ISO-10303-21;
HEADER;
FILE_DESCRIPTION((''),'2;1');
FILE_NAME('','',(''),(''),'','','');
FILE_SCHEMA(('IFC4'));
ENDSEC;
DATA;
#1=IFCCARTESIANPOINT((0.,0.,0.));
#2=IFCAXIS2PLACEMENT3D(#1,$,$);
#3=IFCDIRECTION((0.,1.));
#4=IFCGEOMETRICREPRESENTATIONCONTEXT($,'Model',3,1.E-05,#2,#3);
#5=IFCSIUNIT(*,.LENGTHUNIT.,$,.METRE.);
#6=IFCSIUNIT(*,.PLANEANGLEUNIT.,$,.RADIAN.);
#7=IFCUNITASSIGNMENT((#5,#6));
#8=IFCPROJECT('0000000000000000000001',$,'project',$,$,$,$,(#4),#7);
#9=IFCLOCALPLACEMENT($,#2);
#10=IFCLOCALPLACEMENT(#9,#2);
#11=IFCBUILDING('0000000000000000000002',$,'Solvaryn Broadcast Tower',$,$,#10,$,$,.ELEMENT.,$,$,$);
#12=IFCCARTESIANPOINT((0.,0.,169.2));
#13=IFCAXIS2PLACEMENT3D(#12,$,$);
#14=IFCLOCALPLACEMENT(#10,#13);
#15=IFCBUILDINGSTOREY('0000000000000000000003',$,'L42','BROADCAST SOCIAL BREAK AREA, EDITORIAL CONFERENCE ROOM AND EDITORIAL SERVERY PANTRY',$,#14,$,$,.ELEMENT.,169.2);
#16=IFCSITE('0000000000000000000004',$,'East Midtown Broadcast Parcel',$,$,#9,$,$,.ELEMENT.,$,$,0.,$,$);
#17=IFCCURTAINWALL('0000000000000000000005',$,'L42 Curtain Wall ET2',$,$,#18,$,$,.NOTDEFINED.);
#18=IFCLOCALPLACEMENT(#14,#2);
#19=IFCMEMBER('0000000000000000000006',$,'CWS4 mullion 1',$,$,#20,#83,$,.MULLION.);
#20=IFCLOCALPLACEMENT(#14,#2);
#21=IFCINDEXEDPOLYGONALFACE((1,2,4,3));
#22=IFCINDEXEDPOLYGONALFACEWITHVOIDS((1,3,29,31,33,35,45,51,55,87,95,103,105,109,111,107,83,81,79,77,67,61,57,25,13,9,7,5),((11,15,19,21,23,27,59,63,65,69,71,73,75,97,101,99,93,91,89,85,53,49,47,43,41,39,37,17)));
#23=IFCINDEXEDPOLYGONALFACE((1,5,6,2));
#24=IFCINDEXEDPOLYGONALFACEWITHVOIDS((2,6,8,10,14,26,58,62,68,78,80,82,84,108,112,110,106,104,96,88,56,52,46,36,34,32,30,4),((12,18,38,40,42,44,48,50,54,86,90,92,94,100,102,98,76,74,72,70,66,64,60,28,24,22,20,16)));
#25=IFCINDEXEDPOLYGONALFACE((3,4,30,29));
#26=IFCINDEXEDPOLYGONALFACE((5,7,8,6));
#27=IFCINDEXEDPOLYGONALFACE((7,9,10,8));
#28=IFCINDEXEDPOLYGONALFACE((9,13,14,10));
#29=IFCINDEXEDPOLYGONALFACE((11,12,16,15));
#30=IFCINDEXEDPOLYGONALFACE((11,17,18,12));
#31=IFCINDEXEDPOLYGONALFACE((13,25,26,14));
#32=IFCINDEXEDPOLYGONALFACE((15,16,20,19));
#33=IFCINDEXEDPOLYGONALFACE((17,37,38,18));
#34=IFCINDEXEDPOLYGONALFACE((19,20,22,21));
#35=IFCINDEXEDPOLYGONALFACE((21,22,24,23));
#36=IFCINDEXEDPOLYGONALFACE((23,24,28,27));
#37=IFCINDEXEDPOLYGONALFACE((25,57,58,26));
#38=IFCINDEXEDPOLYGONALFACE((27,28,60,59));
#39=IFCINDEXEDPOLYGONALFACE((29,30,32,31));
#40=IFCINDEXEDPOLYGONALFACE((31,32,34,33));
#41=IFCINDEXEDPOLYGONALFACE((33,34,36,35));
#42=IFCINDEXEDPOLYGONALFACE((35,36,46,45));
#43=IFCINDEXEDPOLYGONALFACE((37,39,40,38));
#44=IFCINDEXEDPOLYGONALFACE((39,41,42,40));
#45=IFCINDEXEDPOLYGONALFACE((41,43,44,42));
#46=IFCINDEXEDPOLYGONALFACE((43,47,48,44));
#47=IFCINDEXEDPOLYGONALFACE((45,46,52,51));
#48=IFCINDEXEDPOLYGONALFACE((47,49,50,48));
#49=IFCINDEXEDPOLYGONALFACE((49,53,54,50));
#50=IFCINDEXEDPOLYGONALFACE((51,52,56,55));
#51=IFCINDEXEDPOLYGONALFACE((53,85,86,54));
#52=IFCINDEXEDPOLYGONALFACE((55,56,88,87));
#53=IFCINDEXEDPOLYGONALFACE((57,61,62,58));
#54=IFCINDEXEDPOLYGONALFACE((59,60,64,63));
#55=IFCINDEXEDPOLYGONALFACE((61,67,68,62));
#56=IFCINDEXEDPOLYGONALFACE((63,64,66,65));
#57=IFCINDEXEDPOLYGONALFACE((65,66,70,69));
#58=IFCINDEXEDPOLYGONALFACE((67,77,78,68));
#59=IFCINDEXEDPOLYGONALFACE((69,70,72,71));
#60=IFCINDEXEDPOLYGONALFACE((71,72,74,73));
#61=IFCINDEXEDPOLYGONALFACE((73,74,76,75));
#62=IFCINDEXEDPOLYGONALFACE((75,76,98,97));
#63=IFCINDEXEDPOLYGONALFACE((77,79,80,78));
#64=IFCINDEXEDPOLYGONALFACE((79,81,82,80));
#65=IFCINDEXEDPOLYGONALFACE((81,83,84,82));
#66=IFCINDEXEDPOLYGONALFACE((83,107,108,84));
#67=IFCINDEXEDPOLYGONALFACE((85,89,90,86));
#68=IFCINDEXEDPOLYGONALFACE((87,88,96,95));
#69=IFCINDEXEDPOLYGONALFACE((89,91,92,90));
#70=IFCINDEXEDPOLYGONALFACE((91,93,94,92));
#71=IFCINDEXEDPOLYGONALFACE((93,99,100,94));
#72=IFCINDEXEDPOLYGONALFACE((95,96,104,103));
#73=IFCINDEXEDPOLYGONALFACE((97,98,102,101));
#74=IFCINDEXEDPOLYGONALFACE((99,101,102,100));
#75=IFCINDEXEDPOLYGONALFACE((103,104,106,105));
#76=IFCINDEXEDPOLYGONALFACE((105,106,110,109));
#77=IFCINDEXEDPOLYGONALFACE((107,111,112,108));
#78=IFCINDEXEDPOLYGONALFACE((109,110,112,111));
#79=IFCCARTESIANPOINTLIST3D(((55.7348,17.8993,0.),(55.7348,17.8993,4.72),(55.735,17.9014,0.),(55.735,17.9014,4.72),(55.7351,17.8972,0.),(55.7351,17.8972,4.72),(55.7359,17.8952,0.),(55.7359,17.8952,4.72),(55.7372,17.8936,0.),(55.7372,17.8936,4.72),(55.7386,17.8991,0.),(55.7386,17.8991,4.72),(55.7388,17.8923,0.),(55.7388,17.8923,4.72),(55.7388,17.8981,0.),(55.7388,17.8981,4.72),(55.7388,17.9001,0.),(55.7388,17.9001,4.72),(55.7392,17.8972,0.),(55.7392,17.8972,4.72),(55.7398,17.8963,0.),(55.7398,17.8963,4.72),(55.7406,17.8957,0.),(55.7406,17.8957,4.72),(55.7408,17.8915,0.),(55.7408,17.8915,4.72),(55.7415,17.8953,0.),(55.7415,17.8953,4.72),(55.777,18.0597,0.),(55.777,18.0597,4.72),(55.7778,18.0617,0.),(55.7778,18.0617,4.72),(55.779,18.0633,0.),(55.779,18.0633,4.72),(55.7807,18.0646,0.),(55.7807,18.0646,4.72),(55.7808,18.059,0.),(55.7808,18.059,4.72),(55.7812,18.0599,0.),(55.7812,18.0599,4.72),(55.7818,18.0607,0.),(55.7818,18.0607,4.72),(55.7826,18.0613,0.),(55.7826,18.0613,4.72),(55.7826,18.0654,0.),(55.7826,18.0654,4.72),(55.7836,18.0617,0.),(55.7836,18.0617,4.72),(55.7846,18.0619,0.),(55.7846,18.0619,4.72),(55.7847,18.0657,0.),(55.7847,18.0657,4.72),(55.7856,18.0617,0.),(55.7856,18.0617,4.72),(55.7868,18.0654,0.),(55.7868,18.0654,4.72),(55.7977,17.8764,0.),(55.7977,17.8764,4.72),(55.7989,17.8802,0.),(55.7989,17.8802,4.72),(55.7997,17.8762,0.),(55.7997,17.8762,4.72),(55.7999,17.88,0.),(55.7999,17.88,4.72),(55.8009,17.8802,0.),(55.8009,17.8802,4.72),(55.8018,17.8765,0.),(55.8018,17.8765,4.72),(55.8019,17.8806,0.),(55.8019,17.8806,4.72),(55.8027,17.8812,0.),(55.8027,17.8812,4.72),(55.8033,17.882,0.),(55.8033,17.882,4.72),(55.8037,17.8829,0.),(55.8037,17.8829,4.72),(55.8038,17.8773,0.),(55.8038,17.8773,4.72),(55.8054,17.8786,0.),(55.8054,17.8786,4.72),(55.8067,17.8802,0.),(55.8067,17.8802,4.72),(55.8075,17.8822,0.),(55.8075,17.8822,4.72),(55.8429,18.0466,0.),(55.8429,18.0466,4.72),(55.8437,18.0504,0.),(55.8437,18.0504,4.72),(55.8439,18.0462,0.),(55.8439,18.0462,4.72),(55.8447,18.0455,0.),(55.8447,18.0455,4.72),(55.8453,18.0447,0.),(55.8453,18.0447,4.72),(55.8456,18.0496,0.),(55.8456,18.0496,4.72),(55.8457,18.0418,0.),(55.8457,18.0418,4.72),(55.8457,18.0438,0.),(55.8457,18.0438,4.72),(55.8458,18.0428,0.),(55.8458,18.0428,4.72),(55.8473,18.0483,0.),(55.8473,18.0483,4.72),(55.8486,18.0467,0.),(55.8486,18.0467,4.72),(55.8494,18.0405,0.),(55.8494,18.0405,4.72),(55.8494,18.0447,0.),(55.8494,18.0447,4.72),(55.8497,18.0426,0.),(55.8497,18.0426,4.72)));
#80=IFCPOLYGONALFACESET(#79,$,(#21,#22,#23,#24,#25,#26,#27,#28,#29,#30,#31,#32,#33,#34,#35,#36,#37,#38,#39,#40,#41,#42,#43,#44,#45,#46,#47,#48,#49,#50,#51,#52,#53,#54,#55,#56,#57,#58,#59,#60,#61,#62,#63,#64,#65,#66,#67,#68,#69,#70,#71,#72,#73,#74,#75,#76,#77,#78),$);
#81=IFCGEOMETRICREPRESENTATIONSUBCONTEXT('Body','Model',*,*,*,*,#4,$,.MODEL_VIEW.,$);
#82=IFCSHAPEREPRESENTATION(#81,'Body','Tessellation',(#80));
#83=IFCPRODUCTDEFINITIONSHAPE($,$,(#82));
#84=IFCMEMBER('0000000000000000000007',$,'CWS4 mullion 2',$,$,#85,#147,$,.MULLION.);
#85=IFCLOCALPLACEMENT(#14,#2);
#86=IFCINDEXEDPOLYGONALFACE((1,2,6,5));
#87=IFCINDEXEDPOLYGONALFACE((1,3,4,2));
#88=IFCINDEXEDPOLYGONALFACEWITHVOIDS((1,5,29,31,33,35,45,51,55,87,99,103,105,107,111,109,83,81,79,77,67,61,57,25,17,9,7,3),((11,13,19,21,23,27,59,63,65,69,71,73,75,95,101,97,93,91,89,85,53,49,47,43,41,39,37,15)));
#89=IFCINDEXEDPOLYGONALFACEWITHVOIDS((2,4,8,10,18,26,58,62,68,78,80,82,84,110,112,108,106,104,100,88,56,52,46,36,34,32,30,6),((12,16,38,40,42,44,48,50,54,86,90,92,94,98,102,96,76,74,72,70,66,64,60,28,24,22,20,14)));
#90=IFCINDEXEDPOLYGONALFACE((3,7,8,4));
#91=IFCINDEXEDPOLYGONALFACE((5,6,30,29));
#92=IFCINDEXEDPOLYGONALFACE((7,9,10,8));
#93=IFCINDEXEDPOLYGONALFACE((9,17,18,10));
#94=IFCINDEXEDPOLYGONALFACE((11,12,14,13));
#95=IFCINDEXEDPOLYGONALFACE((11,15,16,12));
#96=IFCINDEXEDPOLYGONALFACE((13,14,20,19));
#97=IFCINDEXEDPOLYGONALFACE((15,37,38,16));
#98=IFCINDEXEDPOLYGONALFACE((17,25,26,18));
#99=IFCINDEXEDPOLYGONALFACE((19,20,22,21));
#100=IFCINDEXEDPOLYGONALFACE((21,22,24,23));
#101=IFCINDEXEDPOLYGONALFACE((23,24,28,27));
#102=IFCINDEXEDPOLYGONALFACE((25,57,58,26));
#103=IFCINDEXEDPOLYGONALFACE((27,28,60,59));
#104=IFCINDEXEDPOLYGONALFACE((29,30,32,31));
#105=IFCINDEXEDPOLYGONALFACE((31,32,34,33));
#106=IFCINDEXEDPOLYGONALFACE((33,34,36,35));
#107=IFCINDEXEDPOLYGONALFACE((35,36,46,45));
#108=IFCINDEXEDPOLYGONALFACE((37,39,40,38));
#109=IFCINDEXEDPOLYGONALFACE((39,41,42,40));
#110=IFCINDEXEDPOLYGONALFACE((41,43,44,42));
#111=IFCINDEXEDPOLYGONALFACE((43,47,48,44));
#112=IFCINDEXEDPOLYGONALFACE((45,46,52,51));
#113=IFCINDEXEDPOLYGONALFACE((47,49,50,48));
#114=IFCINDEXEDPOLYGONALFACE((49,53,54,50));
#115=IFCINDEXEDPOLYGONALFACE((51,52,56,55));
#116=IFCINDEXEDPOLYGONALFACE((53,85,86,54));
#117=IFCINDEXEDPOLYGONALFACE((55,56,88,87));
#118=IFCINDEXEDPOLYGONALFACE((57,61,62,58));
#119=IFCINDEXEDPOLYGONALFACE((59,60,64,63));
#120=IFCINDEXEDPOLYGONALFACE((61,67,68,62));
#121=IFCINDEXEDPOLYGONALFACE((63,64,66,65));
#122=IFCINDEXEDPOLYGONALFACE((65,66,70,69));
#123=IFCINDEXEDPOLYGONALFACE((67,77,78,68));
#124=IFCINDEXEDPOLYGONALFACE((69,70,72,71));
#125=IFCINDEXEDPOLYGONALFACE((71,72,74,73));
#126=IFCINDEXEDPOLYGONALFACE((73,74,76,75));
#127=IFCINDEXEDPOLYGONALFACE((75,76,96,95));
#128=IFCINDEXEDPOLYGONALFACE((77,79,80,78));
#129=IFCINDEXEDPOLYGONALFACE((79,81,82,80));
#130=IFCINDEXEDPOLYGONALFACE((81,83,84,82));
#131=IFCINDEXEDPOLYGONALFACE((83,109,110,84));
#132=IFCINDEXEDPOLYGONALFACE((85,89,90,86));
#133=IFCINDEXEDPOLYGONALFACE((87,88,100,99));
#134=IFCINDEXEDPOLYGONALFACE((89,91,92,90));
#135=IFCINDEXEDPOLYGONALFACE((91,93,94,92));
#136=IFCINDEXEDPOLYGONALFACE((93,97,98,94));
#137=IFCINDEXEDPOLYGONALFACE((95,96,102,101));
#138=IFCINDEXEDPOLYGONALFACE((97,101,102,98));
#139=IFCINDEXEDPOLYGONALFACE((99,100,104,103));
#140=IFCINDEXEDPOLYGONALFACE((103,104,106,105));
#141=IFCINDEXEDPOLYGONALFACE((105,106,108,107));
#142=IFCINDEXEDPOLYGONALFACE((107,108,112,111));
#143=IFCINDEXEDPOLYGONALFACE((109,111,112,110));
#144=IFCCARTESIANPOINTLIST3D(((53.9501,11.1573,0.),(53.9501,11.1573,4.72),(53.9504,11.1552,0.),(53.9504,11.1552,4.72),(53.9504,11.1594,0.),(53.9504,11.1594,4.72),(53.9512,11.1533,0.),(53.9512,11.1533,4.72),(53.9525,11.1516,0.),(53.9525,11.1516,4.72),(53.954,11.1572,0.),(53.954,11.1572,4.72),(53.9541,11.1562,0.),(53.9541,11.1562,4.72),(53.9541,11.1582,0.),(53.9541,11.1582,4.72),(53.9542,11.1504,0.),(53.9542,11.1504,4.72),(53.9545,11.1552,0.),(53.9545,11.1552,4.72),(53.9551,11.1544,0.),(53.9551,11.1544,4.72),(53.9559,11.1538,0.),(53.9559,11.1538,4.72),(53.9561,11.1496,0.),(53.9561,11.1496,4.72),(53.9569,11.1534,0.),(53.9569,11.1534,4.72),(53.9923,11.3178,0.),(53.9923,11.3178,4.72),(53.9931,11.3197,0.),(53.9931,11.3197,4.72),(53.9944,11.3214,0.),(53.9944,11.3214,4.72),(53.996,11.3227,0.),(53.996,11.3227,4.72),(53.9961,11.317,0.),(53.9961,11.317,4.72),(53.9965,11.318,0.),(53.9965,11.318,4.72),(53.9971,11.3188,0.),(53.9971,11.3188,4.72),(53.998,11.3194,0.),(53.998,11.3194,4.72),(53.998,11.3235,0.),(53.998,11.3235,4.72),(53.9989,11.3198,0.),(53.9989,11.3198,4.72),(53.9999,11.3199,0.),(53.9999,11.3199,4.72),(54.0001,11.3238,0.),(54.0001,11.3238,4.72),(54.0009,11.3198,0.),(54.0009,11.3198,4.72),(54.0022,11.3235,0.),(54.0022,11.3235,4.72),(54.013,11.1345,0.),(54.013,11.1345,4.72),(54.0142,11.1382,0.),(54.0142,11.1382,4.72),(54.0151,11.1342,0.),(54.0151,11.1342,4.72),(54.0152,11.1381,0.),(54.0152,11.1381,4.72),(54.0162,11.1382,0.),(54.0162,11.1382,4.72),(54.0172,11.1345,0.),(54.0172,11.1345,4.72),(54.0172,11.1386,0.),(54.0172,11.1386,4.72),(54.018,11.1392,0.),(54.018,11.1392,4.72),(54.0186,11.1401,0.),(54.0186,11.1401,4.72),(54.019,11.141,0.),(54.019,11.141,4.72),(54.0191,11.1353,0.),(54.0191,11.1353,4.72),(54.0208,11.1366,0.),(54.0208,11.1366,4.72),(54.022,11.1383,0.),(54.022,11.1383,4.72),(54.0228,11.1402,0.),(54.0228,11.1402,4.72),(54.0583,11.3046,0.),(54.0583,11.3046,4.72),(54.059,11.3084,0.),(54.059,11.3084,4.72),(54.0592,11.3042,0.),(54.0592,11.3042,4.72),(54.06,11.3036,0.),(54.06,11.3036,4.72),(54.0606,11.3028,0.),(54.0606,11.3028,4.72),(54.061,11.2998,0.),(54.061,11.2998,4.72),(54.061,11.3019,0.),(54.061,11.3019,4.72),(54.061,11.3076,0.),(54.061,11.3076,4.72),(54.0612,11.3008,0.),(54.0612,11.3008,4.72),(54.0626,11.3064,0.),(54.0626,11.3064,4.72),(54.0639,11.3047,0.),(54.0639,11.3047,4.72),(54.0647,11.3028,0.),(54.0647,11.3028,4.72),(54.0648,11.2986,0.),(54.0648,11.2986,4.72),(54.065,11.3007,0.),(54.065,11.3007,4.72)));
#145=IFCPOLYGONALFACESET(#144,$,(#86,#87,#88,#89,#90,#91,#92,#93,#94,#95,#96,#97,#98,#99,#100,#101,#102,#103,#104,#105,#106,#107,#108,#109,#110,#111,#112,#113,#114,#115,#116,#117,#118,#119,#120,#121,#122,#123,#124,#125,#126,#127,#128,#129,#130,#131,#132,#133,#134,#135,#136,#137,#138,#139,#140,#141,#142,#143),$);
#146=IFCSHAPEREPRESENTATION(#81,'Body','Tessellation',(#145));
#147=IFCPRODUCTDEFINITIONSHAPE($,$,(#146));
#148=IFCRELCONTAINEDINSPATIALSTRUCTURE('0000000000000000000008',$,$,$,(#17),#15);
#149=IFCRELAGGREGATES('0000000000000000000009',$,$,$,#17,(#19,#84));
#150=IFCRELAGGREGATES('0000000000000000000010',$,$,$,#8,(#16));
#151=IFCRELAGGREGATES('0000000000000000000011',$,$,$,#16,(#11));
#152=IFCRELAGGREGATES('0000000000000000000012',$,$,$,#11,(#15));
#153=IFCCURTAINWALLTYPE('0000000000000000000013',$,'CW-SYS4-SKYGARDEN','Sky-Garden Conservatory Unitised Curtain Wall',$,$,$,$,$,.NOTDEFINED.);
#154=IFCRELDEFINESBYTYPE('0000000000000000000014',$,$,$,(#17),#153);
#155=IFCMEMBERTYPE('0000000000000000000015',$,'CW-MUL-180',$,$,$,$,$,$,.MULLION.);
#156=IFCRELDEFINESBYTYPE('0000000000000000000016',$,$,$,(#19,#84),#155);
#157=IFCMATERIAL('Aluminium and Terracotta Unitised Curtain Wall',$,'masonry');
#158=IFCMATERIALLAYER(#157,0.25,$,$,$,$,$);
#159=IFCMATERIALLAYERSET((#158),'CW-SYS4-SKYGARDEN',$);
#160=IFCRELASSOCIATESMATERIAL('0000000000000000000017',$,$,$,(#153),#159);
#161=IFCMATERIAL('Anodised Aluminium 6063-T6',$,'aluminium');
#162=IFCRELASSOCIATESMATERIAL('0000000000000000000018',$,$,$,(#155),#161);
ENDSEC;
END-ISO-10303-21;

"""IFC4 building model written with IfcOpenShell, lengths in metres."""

from ifc_helpers import new_model, si_unit, direction, frame, origin, origin_2d, place, context, subcontext, project, spatial, hollow_rectangle, extrude, material, layer, layer_set, material_profile, profile_set, type_object, element, aggregate, save


model = new_model("IFC4")

# Units and contexts
model_context = context("Model", 3, precision=1e-05, world=origin(), true_north=direction((0.0, 1.0)))
body_context = subcontext(model_context, "Body", "Model", "MODEL_VIEW")
ifc_project = project(units=[si_unit("LENGTHUNIT", "METRE"), si_unit("PLANEANGLEUNIT", "RADIAN")], contexts=[model_context])

# Site, building, storey
site_placement = place(None, origin())
site = spatial("IfcSite", under=ifc_project, at=site_placement, Name="East Midtown Broadcast Parcel", CompositionType="ELEMENT", RefElevation=0.0)
building_placement = place(site_placement, origin())
building = spatial("IfcBuilding", under=site, at=building_placement, Name="Solvaryn Broadcast Tower", CompositionType="ELEMENT")
storey_placement = place(building_placement, frame((0.0, 0.0, 169.2)))
storey = spatial("IfcBuildingStorey", under=building, at=storey_placement, Name="L42", Description="BROADCAST SOCIAL BREAK AREA, EDITORIAL CONFERENCE ROOM AND EDITORIAL SERVERY PANTRY", CompositionType="ELEMENT", Elevation=169.2)

# Shared definitions
ifc_material_1 = material(Name="Aluminium and Terracotta Unitised Curtain Wall", Category="masonry")
ifc_layer_1 = layer(ifc_material_1, 0.25)
ifc_layer_set_1 = layer_set([ifc_layer_1], Name="CW-SYS4-SKYGARDEN")
curtain_wall_type = type_object("IfcCurtainWallType", Name="CW-SYS4-SKYGARDEN", Description="Sky-Garden Conservatory Unitised Curtain Wall", PredefinedType="NOTDEFINED", material=ifc_layer_set_1)
ifc_material_2 = material(Name="Anodised Aluminium 6063-T6", Category="aluminium")
ifc_material_profile_1 = material_profile(ifc_material_2, hollow_rectangle(XDim=0.075, YDim=0.1799, WallThickness=0.0039, InnerFilletRadius=0.0039, OuterFilletRadius=0.0081, at=origin_2d()))
ifc_profile_set_1 = profile_set([ifc_material_profile_1], Name="Anodised Aluminium 6063-T6")
member_type_1 = type_object("IfcMemberType", Name="CW-MUL-180", PredefinedType="MULLION", material=ifc_profile_set_1)

# Curtain wall, members
curtain_wall_1_placement = place(storey_placement, origin())
curtain_wall_1 = element("IfcCurtainWall", 1, at=curtain_wall_1_placement, inside=storey, type_object=curtain_wall_type, Name="L42 Curtain Wall ET2", PredefinedType="NOTDEFINED")
member_1_placement = place(storey_placement, frame((55.7922, 17.9709, 0.0), z_axis=(0.0, 0.0, 1.0), x_axis=(0.966705, -0.255893, 0.0)))
member_1 = element("IfcMember", 2, at=member_1_placement, type_object=member_type_1, Name="CWS4 mullion 1", PredefinedType="MULLION", context=body_context, shape_type="SweptSolid", body=[
    extrude(hollow_rectangle(XDim=0.075, YDim=0.1799, WallThickness=0.0039, InnerFilletRadius=0.0039, OuterFilletRadius=0.0081, at=origin_2d()), origin(), (0.0, 0.0, 1.0), 4.72),
])
member_2_placement = place(storey_placement, frame((54.0076, 11.229, 0.0), z_axis=(0.0, 0.0, 1.0), x_axis=(0.966705, -0.255893, 0.0)))
member_2 = element("IfcMember", 3, at=member_2_placement, type_object=member_type_1, Name="CWS4 mullion 2", PredefinedType="MULLION", context=body_context, shape_type="SweptSolid", body=[
    extrude(hollow_rectangle(XDim=0.075, YDim=0.1799, WallThickness=0.0039, InnerFilletRadius=0.0039, OuterFilletRadius=0.0081, at=origin_2d()), origin(), (0.0, 0.0, 1.0), 4.72),
])

aggregate(curtain_wall_1, [member_1, member_2])

save(model, "model.ifc")
